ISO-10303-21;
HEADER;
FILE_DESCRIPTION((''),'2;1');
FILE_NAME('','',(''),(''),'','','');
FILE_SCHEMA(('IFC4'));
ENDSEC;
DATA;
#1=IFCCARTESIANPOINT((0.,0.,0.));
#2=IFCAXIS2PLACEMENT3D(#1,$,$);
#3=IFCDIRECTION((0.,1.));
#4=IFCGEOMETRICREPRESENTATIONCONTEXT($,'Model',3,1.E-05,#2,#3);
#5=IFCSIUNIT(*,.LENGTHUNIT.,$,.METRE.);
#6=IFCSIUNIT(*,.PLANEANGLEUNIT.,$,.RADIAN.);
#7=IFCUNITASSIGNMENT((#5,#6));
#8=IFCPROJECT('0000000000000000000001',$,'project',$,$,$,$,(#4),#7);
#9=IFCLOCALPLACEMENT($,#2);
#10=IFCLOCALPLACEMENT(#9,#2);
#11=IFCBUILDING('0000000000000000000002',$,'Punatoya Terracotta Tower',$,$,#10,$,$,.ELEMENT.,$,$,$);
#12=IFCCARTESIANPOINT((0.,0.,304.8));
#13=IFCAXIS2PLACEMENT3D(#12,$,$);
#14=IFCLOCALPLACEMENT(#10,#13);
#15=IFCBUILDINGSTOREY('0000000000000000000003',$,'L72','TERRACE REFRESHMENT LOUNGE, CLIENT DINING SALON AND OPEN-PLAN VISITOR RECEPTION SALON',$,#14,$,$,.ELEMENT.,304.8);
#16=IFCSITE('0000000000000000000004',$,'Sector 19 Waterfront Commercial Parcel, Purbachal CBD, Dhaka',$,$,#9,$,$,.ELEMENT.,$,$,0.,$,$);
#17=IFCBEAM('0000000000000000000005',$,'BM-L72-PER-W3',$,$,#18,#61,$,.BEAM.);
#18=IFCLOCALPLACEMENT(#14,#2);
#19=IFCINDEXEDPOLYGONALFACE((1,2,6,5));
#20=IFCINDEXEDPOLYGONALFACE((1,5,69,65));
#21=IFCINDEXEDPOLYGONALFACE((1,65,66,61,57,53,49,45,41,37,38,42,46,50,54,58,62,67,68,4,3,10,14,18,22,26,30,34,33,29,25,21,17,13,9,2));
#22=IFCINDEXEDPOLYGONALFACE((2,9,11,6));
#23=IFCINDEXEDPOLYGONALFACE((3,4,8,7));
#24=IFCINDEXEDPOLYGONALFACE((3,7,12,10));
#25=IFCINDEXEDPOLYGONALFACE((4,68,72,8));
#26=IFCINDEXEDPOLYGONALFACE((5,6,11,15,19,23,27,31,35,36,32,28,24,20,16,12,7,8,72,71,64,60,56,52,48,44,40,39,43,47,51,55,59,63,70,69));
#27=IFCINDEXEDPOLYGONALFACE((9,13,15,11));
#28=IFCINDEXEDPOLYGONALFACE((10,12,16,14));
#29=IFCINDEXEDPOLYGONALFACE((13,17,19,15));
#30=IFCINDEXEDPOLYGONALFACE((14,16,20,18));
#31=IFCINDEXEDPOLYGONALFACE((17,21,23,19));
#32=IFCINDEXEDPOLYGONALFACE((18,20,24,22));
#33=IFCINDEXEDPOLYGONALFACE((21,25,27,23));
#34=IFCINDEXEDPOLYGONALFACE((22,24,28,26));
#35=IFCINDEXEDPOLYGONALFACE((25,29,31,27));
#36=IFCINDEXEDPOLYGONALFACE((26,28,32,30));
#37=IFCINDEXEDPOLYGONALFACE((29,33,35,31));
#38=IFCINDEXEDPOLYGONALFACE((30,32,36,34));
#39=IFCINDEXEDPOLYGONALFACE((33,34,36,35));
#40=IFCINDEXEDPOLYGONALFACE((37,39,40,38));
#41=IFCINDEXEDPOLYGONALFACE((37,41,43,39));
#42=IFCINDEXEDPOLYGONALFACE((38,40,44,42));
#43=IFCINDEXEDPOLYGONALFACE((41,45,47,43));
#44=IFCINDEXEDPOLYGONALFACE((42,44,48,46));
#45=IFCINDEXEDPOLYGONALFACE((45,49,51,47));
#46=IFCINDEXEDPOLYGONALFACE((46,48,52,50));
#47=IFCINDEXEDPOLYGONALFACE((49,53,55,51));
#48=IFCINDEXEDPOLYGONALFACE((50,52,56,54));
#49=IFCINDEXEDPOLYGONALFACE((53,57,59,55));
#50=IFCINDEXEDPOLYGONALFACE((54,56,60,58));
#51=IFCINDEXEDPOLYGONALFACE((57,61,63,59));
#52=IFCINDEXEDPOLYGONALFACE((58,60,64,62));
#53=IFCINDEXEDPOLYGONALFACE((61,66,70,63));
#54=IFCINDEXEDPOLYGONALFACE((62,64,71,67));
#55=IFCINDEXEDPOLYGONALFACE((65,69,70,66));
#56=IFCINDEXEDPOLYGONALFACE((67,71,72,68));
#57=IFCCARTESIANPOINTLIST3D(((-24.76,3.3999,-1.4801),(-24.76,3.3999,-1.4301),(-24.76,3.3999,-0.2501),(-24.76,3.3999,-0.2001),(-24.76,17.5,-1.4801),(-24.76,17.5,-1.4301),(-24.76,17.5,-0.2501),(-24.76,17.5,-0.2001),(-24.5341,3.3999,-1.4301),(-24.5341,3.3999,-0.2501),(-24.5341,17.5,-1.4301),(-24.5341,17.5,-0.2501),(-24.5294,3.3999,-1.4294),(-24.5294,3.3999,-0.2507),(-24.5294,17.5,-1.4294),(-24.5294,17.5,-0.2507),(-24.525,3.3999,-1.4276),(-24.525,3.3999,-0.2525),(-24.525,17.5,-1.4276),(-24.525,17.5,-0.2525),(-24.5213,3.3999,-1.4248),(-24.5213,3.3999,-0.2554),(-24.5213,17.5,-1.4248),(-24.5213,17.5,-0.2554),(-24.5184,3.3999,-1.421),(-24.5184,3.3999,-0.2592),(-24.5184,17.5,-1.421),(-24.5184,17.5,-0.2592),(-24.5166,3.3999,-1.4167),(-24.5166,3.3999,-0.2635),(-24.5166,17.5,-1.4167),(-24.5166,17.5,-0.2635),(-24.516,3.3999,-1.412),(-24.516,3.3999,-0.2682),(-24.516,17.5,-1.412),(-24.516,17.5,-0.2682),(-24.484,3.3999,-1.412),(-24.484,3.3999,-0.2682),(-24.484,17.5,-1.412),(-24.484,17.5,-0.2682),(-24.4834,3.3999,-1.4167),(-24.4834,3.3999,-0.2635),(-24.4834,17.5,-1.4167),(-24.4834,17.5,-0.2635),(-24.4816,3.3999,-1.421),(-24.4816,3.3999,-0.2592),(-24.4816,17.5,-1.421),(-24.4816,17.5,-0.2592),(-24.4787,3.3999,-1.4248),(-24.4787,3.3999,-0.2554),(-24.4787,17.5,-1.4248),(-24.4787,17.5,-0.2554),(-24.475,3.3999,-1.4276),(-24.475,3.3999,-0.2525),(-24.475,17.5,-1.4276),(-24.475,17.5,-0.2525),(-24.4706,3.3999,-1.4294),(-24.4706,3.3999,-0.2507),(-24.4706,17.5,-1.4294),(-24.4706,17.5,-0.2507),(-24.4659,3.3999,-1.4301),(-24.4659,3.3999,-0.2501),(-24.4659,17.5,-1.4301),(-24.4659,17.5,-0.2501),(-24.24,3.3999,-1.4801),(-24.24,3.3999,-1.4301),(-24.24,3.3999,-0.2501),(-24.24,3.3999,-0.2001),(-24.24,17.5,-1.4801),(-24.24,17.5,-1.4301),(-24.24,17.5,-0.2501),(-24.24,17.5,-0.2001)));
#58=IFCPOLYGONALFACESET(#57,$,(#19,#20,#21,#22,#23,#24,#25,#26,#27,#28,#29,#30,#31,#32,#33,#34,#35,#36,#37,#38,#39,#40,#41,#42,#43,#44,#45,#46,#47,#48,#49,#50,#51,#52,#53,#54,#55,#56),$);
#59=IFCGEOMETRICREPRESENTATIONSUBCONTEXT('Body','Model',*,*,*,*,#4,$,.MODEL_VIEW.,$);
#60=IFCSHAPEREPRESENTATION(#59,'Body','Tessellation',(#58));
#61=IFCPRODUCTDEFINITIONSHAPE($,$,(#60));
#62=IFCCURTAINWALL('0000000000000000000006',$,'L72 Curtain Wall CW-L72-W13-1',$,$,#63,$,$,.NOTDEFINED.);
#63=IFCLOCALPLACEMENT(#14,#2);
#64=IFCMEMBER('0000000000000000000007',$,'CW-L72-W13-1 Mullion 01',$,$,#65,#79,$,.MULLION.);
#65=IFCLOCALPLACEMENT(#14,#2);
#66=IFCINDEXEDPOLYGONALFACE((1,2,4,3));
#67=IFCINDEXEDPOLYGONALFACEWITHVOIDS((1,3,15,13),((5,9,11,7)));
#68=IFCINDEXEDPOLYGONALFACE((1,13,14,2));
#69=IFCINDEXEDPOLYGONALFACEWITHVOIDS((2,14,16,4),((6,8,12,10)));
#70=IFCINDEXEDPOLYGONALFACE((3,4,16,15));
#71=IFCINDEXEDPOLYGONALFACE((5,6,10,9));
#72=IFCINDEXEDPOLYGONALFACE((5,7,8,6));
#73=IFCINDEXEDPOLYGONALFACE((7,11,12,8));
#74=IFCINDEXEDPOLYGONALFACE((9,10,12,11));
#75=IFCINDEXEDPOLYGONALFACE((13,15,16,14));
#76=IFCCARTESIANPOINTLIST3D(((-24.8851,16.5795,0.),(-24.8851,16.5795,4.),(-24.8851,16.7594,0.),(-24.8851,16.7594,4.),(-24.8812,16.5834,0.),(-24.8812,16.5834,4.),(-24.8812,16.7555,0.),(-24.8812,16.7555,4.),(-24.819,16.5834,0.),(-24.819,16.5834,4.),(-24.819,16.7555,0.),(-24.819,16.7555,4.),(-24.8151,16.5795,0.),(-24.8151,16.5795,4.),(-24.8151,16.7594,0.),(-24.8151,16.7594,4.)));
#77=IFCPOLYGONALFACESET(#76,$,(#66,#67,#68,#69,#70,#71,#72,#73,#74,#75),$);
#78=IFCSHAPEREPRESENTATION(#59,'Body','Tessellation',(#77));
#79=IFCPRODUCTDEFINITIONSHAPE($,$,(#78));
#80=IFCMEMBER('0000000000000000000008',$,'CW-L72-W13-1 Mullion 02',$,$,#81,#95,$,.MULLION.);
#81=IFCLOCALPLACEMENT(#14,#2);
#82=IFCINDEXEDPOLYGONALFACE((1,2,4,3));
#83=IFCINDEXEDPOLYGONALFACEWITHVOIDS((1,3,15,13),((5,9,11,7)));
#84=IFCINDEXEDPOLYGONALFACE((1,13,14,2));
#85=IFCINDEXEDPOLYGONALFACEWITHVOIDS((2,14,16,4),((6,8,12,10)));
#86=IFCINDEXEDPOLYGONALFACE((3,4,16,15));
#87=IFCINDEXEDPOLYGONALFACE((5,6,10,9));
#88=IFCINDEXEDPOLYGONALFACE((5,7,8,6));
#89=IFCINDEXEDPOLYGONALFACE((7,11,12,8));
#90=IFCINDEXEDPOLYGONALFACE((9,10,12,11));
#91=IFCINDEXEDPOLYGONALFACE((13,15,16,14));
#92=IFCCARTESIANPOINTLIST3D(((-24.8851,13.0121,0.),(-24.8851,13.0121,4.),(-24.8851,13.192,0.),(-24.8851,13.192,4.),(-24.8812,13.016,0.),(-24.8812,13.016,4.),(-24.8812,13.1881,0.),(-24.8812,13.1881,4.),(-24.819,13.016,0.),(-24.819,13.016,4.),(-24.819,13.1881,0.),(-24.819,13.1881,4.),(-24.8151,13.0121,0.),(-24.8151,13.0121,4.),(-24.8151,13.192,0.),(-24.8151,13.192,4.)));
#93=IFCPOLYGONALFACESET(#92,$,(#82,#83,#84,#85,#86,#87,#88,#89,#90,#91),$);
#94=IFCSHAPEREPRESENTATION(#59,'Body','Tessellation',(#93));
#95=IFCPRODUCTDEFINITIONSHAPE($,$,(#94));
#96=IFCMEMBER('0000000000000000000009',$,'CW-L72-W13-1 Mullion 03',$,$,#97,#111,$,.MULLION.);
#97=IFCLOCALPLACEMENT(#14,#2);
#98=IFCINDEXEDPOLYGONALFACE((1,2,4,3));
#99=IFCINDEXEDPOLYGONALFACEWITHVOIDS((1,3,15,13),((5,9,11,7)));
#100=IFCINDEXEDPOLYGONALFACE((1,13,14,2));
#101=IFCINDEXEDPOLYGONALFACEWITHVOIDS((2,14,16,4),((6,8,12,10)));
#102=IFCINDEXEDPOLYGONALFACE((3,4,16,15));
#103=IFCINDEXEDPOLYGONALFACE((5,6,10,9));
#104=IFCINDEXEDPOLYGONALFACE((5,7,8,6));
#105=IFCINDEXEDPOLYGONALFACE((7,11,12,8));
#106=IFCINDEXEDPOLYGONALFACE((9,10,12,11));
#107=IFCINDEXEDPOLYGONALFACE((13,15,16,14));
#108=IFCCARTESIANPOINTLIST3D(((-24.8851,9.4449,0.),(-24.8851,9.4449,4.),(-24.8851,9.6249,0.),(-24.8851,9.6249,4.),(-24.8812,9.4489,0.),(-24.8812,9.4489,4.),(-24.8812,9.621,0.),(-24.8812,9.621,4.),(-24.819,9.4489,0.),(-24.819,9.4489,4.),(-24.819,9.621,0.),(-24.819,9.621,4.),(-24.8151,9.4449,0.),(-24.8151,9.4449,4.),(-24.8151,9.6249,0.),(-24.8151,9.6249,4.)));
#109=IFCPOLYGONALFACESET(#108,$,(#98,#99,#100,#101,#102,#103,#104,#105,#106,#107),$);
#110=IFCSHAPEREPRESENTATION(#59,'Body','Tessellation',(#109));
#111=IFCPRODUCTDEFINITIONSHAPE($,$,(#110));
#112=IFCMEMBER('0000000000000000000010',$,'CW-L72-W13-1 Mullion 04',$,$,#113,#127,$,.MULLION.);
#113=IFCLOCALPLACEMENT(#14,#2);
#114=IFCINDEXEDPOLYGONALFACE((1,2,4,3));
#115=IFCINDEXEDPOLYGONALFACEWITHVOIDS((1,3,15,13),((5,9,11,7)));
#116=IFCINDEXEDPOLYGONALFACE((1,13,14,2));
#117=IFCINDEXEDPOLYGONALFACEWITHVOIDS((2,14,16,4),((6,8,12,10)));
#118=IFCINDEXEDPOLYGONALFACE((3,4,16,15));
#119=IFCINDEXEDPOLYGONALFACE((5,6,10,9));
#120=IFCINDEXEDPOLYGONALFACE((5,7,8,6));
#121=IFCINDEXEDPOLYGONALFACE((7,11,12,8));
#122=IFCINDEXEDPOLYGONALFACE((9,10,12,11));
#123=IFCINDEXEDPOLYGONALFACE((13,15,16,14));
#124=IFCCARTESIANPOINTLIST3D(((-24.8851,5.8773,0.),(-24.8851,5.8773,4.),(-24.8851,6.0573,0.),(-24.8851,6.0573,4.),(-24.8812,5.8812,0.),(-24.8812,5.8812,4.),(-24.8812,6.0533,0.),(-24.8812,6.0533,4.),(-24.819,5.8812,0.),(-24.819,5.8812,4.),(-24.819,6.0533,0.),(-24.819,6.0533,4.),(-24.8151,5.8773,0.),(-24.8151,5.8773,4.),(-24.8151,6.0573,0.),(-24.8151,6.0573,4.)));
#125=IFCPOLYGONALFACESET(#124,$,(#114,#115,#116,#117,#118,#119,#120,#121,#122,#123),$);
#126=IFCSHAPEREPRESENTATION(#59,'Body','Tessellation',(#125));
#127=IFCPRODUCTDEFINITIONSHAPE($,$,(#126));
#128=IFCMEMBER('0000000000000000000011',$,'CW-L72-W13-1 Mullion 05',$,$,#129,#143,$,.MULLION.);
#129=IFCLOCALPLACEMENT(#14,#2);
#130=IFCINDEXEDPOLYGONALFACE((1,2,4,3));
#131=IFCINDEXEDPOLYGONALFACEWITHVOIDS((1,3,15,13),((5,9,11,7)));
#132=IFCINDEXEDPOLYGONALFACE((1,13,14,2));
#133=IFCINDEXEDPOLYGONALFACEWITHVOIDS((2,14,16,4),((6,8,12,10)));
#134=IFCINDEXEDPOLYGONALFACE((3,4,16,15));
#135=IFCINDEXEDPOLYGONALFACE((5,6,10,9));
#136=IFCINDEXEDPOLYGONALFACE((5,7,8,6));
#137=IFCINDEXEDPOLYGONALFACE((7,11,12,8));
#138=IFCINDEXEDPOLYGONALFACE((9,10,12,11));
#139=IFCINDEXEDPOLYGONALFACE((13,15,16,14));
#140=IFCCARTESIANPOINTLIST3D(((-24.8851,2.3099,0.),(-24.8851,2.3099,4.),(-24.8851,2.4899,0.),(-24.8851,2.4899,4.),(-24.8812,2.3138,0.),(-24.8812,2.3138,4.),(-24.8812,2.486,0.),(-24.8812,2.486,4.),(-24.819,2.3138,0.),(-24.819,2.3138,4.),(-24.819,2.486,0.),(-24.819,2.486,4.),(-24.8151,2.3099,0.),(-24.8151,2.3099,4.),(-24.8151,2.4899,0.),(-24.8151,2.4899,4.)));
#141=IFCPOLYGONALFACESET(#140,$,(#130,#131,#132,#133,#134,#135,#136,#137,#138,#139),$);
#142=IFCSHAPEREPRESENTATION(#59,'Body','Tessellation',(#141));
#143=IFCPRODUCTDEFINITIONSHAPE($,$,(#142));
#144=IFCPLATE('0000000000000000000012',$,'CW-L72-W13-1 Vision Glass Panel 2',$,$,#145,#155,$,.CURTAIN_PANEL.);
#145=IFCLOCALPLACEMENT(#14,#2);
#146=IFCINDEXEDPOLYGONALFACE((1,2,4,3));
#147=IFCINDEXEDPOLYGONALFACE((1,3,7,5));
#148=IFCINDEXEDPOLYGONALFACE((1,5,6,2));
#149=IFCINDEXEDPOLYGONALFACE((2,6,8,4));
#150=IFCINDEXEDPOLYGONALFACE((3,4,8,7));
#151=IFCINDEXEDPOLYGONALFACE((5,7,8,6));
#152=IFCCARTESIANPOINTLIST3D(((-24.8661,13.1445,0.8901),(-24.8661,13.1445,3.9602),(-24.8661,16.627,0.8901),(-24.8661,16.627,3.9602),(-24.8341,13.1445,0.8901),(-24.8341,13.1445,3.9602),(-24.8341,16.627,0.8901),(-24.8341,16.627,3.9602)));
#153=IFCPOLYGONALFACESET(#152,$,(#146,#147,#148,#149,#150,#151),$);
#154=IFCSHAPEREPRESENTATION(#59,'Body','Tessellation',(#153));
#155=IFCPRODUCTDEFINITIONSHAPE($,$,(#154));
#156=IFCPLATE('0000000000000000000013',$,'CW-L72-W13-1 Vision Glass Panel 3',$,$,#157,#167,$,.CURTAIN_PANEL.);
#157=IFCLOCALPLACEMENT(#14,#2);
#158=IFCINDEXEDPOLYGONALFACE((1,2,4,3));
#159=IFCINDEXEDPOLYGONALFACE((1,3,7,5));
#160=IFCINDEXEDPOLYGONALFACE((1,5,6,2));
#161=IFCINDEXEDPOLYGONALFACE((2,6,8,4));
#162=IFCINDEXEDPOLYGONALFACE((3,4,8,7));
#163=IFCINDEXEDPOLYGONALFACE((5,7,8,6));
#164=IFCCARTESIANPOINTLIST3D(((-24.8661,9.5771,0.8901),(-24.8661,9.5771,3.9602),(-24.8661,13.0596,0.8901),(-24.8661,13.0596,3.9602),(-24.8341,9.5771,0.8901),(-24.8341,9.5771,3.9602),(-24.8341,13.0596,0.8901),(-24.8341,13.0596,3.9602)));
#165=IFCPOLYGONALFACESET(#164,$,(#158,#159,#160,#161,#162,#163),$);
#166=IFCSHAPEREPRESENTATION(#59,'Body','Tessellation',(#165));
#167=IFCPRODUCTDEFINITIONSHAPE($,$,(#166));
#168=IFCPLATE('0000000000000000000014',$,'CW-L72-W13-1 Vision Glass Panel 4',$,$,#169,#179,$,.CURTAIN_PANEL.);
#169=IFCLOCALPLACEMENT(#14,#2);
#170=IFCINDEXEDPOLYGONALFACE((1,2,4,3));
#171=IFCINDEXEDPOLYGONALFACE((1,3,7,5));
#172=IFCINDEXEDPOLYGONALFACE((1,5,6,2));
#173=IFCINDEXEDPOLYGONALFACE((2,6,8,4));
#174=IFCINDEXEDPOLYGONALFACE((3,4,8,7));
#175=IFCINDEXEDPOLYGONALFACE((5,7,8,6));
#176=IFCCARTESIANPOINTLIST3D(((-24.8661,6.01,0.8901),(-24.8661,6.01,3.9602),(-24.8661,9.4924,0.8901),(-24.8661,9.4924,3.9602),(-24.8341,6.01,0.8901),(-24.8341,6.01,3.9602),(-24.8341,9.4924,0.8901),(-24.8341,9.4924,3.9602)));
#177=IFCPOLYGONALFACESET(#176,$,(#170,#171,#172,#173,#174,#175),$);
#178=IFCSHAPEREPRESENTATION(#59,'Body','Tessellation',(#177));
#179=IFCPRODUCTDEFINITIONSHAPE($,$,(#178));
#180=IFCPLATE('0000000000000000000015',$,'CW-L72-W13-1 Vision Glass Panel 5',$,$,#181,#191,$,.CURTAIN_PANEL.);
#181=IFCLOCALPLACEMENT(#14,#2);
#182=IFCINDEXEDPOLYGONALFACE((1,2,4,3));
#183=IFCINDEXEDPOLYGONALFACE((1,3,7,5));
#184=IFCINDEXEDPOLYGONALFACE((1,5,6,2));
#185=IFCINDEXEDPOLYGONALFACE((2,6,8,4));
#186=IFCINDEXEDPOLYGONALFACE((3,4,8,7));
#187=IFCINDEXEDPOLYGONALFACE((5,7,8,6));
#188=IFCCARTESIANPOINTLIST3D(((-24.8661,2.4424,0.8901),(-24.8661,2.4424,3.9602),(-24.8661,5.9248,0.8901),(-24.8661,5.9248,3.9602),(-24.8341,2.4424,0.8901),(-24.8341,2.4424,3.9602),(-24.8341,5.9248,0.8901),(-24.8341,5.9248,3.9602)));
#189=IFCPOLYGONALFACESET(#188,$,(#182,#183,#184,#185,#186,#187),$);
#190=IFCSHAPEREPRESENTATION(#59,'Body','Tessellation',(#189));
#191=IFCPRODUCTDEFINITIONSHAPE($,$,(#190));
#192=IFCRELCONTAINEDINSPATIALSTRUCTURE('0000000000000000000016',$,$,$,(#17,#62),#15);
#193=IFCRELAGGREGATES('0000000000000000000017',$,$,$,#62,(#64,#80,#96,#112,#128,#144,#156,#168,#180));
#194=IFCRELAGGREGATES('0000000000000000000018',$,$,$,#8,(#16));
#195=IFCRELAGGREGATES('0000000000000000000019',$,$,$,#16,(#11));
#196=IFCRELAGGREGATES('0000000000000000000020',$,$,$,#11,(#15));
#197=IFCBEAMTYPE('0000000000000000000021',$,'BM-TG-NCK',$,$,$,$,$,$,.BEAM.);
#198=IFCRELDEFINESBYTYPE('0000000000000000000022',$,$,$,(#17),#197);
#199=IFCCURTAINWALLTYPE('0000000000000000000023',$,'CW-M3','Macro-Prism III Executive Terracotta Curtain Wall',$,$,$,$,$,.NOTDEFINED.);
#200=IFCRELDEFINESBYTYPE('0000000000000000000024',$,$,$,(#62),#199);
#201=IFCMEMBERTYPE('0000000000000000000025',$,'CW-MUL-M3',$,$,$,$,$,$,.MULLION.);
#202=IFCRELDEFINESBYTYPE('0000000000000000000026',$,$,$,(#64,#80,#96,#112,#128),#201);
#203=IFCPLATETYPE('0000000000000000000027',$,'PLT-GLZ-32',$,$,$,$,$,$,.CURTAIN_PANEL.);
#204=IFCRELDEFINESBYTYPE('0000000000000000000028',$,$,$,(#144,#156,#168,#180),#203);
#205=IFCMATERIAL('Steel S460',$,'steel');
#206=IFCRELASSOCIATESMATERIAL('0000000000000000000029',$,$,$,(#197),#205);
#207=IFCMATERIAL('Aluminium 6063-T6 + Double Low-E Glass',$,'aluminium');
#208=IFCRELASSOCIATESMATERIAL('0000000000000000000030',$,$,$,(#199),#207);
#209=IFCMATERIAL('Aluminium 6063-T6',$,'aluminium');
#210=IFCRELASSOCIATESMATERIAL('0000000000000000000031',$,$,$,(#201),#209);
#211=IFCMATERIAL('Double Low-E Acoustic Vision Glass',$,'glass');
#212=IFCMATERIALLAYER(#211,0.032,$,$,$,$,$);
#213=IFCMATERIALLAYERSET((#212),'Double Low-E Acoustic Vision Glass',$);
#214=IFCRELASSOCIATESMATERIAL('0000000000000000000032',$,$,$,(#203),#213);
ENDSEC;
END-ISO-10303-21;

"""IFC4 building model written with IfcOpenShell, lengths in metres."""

from ifc_helpers import new_model, si_unit, direction, frame, origin, origin_2d, place, context, subcontext, project, spatial, rectangle, hollow_rectangle, i_section, extrude, material, layer, layer_set, material_profile, profile_set, type_object, element, aggregate, save


model = new_model("IFC4")

# Units and contexts
model_context = context("Model", 3, precision=1e-05, world=origin(), true_north=direction((0.0, 1.0)))
body_context = subcontext(model_context, "Body", "Model", "MODEL_VIEW")
ifc_project = project(units=[si_unit("LENGTHUNIT", "METRE"), si_unit("PLANEANGLEUNIT", "RADIAN")], contexts=[model_context])

# Site, building, storey
site_placement = place(None, origin())
site = spatial("IfcSite", under=ifc_project, at=site_placement, Name="Sector 19 Waterfront Commercial Parcel, Purbachal CBD, Dhaka", CompositionType="ELEMENT", RefElevation=0.0)
building_placement = place(site_placement, origin())
building = spatial("IfcBuilding", under=site, at=building_placement, Name="Punatoya Terracotta Tower", CompositionType="ELEMENT")
storey_placement = place(building_placement, frame((0.0, 0.0, 304.8)))
storey = spatial("IfcBuildingStorey", under=building, at=storey_placement, Name="L72", Description="TERRACE REFRESHMENT LOUNGE, CLIENT DINING SALON AND OPEN-PLAN VISITOR RECEPTION SALON", CompositionType="ELEMENT", Elevation=304.8)

# Shared definitions
ifc_material_1 = material(Name="Steel S460", Category="steel")

# Beam
ifc_material_profile_1 = material_profile(ifc_material_1, i_section(OverallWidth=0.52, OverallDepth=1.28, WebThickness=0.032, FlangeThickness=0.05, FilletRadius=0.0181, at=origin_2d()))
ifc_profile_set_1 = profile_set([ifc_material_profile_1], Name="Steel S460")
beam_type_1 = type_object("IfcBeamType", Name="BM-TG-NCK", PredefinedType="BEAM", material=ifc_profile_set_1)
beam_1_placement = place(storey_placement, frame((-24.5, 3.3999, -0.8401), z_axis=(0.0, 1.0, 0.0), x_axis=(-1.0, 0.0, 0.0)))
element("IfcBeam", 1, at=beam_1_placement, inside=storey, type_object=beam_type_1, Name="BM-L72-PER-W3", PredefinedType="BEAM", context=body_context, shape_type="SweptSolid", body=[
    extrude(i_section(OverallWidth=0.52, OverallDepth=1.28, WebThickness=0.032, FlangeThickness=0.05, FilletRadius=0.0181, at=origin_2d()), origin(), (0.0, 0.0, 1.0), 14.1001),
])

# Curtain wall, members, plates
ifc_material_2 = material(Name="Aluminium 6063-T6 + Double Low-E Glass", Category="aluminium")
curtain_wall_type = type_object("IfcCurtainWallType", Name="CW-M3", Description="Macro-Prism III Executive Terracotta Curtain Wall", PredefinedType="NOTDEFINED", material=ifc_material_2)
curtain_wall_placement = place(storey_placement, origin())
curtain_wall = element("IfcCurtainWall", 2, at=curtain_wall_placement, inside=storey, type_object=curtain_wall_type, Name="L72 Curtain Wall CW-L72-W13-1", PredefinedType="NOTDEFINED")
ifc_material_3 = material(Name="Aluminium 6063-T6", Category="aluminium")
ifc_material_profile_2 = material_profile(ifc_material_3, hollow_rectangle(XDim=0.0701, YDim=0.1799, WallThickness=0.0039, at=origin_2d()))
ifc_profile_set_2 = profile_set([ifc_material_profile_2], Name="Aluminium 6063-T6")
member_type = type_object("IfcMemberType", Name="CW-MUL-M3", PredefinedType="MULLION", material=ifc_profile_set_2)
member_1_placement = place(storey_placement, frame((-24.8501, 16.6694, 0.0), z_axis=(0.0, 0.0, 1.0), x_axis=(1.0, 0.0, 0.0)))
member_1 = element("IfcMember", 3, at=member_1_placement, type_object=member_type, Name="CW-L72-W13-1 Mullion 01", PredefinedType="MULLION", context=body_context, shape_type="SweptSolid", body=[
    extrude(hollow_rectangle(XDim=0.0701, YDim=0.1799, WallThickness=0.0039, at=origin_2d()), origin(), (0.0, 0.0, 1.0), 4.0),
])
member_2_placement = place(storey_placement, frame((-24.8501, 13.1021, 0.0), z_axis=(0.0, 0.0, 1.0), x_axis=(1.0, 0.0, 0.0)))
member_2 = element("IfcMember", 4, at=member_2_placement, type_object=member_type, Name="CW-L72-W13-1 Mullion 02", PredefinedType="MULLION", context=body_context, shape_type="SweptSolid", body=[
    extrude(hollow_rectangle(XDim=0.0701, YDim=0.1799, WallThickness=0.0039, at=origin_2d()), origin(), (0.0, 0.0, 1.0), 4.0),
])
member_3_placement = place(storey_placement, frame((-24.8501, 9.5349, 0.0), z_axis=(0.0, 0.0, 1.0), x_axis=(1.0, 0.0, 0.0)))
member_3 = element("IfcMember", 5, at=member_3_placement, type_object=member_type, Name="CW-L72-W13-1 Mullion 03", PredefinedType="MULLION", context=body_context, shape_type="SweptSolid", body=[
    extrude(hollow_rectangle(XDim=0.0701, YDim=0.1799, WallThickness=0.0039, at=origin_2d()), origin(), (0.0, 0.0, 1.0), 4.0),
])
member_4_placement = place(storey_placement, frame((-24.8501, 5.9673, 0.0), z_axis=(0.0, 0.0, 1.0), x_axis=(1.0, 0.0, 0.0)))
member_4 = element("IfcMember", 6, at=member_4_placement, type_object=member_type, Name="CW-L72-W13-1 Mullion 04", PredefinedType="MULLION", context=body_context, shape_type="SweptSolid", body=[
    extrude(hollow_rectangle(XDim=0.0701, YDim=0.1799, WallThickness=0.0039, at=origin_2d()), origin(), (0.0, 0.0, 1.0), 4.0),
])
member_5_placement = place(storey_placement, frame((-24.8501, 2.3999, 0.0), z_axis=(0.0, 0.0, 1.0), x_axis=(1.0, 0.0, 0.0)))
member_5 = element("IfcMember", 7, at=member_5_placement, type_object=member_type, Name="CW-L72-W13-1 Mullion 05", PredefinedType="MULLION", context=body_context, shape_type="SweptSolid", body=[
    extrude(hollow_rectangle(XDim=0.0701, YDim=0.1799, WallThickness=0.0039, at=origin_2d()), origin(), (0.0, 0.0, 1.0), 4.0),
])
ifc_material_4 = material(Name="Double Low-E Acoustic Vision Glass", Category="glass")
ifc_layer_1 = layer(ifc_material_4, 0.032)
ifc_layer_set_1 = layer_set([ifc_layer_1], Name="Double Low-E Acoustic Vision Glass")
plate_type_1 = type_object("IfcPlateType", Name="PLT-GLZ-32", PredefinedType="CURTAIN_PANEL", material=ifc_layer_set_1)
plate_1_placement = place(storey_placement, frame((-24.8501, 14.8857, 0.8901), z_axis=(0.0, 0.0, 1.0), x_axis=(0.0, -1.0, 0.0)))
plate_1 = element("IfcPlate", 8, at=plate_1_placement, type_object=plate_type_1, Name="CW-L72-W13-1 Vision Glass Panel 2", PredefinedType="CURTAIN_PANEL", context=body_context, shape_type="SweptSolid", body=[
    extrude(rectangle(XDim=3.4824, YDim=0.032, at=origin_2d()), origin(), (0.0, 0.0, 1.0), 3.0701),
])
plate_2_placement = place(storey_placement, frame((-24.8501, 11.3184, 0.8901), z_axis=(0.0, 0.0, 1.0), x_axis=(0.0, -1.0, 0.0)))
plate_2 = element("IfcPlate", 9, at=plate_2_placement, type_object=plate_type_1, Name="CW-L72-W13-1 Vision Glass Panel 3", PredefinedType="CURTAIN_PANEL", context=body_context, shape_type="SweptSolid", body=[
    extrude(rectangle(XDim=3.4824, YDim=0.032, at=origin_2d()), origin(), (0.0, 0.0, 1.0), 3.0701),
])
plate_3_placement = place(storey_placement, frame((-24.8501, 7.7512, 0.8901), z_axis=(0.0, 0.0, 1.0), x_axis=(0.0, -1.0, 0.0)))
plate_3 = element("IfcPlate", 10, at=plate_3_placement, type_object=plate_type_1, Name="CW-L72-W13-1 Vision Glass Panel 4", PredefinedType="CURTAIN_PANEL", context=body_context, shape_type="SweptSolid", body=[
    extrude(rectangle(XDim=3.4824, YDim=0.032, at=origin_2d()), origin(), (0.0, 0.0, 1.0), 3.0701),
])
plate_4_placement = place(storey_placement, frame((-24.8501, 4.1836, 0.8901), z_axis=(0.0, 0.0, 1.0), x_axis=(0.0, -1.0, 0.0)))
plate_4 = element("IfcPlate", 11, at=plate_4_placement, type_object=plate_type_1, Name="CW-L72-W13-1 Vision Glass Panel 5", PredefinedType="CURTAIN_PANEL", context=body_context, shape_type="SweptSolid", body=[
    extrude(rectangle(XDim=3.4824, YDim=0.032, at=origin_2d()), origin(), (0.0, 0.0, 1.0), 3.0701),
])
aggregate(curtain_wall, [member_1, member_2, member_3, member_4, member_5, plate_1, plate_2, plate_3, plate_4])

save(model, "model.ifc")
